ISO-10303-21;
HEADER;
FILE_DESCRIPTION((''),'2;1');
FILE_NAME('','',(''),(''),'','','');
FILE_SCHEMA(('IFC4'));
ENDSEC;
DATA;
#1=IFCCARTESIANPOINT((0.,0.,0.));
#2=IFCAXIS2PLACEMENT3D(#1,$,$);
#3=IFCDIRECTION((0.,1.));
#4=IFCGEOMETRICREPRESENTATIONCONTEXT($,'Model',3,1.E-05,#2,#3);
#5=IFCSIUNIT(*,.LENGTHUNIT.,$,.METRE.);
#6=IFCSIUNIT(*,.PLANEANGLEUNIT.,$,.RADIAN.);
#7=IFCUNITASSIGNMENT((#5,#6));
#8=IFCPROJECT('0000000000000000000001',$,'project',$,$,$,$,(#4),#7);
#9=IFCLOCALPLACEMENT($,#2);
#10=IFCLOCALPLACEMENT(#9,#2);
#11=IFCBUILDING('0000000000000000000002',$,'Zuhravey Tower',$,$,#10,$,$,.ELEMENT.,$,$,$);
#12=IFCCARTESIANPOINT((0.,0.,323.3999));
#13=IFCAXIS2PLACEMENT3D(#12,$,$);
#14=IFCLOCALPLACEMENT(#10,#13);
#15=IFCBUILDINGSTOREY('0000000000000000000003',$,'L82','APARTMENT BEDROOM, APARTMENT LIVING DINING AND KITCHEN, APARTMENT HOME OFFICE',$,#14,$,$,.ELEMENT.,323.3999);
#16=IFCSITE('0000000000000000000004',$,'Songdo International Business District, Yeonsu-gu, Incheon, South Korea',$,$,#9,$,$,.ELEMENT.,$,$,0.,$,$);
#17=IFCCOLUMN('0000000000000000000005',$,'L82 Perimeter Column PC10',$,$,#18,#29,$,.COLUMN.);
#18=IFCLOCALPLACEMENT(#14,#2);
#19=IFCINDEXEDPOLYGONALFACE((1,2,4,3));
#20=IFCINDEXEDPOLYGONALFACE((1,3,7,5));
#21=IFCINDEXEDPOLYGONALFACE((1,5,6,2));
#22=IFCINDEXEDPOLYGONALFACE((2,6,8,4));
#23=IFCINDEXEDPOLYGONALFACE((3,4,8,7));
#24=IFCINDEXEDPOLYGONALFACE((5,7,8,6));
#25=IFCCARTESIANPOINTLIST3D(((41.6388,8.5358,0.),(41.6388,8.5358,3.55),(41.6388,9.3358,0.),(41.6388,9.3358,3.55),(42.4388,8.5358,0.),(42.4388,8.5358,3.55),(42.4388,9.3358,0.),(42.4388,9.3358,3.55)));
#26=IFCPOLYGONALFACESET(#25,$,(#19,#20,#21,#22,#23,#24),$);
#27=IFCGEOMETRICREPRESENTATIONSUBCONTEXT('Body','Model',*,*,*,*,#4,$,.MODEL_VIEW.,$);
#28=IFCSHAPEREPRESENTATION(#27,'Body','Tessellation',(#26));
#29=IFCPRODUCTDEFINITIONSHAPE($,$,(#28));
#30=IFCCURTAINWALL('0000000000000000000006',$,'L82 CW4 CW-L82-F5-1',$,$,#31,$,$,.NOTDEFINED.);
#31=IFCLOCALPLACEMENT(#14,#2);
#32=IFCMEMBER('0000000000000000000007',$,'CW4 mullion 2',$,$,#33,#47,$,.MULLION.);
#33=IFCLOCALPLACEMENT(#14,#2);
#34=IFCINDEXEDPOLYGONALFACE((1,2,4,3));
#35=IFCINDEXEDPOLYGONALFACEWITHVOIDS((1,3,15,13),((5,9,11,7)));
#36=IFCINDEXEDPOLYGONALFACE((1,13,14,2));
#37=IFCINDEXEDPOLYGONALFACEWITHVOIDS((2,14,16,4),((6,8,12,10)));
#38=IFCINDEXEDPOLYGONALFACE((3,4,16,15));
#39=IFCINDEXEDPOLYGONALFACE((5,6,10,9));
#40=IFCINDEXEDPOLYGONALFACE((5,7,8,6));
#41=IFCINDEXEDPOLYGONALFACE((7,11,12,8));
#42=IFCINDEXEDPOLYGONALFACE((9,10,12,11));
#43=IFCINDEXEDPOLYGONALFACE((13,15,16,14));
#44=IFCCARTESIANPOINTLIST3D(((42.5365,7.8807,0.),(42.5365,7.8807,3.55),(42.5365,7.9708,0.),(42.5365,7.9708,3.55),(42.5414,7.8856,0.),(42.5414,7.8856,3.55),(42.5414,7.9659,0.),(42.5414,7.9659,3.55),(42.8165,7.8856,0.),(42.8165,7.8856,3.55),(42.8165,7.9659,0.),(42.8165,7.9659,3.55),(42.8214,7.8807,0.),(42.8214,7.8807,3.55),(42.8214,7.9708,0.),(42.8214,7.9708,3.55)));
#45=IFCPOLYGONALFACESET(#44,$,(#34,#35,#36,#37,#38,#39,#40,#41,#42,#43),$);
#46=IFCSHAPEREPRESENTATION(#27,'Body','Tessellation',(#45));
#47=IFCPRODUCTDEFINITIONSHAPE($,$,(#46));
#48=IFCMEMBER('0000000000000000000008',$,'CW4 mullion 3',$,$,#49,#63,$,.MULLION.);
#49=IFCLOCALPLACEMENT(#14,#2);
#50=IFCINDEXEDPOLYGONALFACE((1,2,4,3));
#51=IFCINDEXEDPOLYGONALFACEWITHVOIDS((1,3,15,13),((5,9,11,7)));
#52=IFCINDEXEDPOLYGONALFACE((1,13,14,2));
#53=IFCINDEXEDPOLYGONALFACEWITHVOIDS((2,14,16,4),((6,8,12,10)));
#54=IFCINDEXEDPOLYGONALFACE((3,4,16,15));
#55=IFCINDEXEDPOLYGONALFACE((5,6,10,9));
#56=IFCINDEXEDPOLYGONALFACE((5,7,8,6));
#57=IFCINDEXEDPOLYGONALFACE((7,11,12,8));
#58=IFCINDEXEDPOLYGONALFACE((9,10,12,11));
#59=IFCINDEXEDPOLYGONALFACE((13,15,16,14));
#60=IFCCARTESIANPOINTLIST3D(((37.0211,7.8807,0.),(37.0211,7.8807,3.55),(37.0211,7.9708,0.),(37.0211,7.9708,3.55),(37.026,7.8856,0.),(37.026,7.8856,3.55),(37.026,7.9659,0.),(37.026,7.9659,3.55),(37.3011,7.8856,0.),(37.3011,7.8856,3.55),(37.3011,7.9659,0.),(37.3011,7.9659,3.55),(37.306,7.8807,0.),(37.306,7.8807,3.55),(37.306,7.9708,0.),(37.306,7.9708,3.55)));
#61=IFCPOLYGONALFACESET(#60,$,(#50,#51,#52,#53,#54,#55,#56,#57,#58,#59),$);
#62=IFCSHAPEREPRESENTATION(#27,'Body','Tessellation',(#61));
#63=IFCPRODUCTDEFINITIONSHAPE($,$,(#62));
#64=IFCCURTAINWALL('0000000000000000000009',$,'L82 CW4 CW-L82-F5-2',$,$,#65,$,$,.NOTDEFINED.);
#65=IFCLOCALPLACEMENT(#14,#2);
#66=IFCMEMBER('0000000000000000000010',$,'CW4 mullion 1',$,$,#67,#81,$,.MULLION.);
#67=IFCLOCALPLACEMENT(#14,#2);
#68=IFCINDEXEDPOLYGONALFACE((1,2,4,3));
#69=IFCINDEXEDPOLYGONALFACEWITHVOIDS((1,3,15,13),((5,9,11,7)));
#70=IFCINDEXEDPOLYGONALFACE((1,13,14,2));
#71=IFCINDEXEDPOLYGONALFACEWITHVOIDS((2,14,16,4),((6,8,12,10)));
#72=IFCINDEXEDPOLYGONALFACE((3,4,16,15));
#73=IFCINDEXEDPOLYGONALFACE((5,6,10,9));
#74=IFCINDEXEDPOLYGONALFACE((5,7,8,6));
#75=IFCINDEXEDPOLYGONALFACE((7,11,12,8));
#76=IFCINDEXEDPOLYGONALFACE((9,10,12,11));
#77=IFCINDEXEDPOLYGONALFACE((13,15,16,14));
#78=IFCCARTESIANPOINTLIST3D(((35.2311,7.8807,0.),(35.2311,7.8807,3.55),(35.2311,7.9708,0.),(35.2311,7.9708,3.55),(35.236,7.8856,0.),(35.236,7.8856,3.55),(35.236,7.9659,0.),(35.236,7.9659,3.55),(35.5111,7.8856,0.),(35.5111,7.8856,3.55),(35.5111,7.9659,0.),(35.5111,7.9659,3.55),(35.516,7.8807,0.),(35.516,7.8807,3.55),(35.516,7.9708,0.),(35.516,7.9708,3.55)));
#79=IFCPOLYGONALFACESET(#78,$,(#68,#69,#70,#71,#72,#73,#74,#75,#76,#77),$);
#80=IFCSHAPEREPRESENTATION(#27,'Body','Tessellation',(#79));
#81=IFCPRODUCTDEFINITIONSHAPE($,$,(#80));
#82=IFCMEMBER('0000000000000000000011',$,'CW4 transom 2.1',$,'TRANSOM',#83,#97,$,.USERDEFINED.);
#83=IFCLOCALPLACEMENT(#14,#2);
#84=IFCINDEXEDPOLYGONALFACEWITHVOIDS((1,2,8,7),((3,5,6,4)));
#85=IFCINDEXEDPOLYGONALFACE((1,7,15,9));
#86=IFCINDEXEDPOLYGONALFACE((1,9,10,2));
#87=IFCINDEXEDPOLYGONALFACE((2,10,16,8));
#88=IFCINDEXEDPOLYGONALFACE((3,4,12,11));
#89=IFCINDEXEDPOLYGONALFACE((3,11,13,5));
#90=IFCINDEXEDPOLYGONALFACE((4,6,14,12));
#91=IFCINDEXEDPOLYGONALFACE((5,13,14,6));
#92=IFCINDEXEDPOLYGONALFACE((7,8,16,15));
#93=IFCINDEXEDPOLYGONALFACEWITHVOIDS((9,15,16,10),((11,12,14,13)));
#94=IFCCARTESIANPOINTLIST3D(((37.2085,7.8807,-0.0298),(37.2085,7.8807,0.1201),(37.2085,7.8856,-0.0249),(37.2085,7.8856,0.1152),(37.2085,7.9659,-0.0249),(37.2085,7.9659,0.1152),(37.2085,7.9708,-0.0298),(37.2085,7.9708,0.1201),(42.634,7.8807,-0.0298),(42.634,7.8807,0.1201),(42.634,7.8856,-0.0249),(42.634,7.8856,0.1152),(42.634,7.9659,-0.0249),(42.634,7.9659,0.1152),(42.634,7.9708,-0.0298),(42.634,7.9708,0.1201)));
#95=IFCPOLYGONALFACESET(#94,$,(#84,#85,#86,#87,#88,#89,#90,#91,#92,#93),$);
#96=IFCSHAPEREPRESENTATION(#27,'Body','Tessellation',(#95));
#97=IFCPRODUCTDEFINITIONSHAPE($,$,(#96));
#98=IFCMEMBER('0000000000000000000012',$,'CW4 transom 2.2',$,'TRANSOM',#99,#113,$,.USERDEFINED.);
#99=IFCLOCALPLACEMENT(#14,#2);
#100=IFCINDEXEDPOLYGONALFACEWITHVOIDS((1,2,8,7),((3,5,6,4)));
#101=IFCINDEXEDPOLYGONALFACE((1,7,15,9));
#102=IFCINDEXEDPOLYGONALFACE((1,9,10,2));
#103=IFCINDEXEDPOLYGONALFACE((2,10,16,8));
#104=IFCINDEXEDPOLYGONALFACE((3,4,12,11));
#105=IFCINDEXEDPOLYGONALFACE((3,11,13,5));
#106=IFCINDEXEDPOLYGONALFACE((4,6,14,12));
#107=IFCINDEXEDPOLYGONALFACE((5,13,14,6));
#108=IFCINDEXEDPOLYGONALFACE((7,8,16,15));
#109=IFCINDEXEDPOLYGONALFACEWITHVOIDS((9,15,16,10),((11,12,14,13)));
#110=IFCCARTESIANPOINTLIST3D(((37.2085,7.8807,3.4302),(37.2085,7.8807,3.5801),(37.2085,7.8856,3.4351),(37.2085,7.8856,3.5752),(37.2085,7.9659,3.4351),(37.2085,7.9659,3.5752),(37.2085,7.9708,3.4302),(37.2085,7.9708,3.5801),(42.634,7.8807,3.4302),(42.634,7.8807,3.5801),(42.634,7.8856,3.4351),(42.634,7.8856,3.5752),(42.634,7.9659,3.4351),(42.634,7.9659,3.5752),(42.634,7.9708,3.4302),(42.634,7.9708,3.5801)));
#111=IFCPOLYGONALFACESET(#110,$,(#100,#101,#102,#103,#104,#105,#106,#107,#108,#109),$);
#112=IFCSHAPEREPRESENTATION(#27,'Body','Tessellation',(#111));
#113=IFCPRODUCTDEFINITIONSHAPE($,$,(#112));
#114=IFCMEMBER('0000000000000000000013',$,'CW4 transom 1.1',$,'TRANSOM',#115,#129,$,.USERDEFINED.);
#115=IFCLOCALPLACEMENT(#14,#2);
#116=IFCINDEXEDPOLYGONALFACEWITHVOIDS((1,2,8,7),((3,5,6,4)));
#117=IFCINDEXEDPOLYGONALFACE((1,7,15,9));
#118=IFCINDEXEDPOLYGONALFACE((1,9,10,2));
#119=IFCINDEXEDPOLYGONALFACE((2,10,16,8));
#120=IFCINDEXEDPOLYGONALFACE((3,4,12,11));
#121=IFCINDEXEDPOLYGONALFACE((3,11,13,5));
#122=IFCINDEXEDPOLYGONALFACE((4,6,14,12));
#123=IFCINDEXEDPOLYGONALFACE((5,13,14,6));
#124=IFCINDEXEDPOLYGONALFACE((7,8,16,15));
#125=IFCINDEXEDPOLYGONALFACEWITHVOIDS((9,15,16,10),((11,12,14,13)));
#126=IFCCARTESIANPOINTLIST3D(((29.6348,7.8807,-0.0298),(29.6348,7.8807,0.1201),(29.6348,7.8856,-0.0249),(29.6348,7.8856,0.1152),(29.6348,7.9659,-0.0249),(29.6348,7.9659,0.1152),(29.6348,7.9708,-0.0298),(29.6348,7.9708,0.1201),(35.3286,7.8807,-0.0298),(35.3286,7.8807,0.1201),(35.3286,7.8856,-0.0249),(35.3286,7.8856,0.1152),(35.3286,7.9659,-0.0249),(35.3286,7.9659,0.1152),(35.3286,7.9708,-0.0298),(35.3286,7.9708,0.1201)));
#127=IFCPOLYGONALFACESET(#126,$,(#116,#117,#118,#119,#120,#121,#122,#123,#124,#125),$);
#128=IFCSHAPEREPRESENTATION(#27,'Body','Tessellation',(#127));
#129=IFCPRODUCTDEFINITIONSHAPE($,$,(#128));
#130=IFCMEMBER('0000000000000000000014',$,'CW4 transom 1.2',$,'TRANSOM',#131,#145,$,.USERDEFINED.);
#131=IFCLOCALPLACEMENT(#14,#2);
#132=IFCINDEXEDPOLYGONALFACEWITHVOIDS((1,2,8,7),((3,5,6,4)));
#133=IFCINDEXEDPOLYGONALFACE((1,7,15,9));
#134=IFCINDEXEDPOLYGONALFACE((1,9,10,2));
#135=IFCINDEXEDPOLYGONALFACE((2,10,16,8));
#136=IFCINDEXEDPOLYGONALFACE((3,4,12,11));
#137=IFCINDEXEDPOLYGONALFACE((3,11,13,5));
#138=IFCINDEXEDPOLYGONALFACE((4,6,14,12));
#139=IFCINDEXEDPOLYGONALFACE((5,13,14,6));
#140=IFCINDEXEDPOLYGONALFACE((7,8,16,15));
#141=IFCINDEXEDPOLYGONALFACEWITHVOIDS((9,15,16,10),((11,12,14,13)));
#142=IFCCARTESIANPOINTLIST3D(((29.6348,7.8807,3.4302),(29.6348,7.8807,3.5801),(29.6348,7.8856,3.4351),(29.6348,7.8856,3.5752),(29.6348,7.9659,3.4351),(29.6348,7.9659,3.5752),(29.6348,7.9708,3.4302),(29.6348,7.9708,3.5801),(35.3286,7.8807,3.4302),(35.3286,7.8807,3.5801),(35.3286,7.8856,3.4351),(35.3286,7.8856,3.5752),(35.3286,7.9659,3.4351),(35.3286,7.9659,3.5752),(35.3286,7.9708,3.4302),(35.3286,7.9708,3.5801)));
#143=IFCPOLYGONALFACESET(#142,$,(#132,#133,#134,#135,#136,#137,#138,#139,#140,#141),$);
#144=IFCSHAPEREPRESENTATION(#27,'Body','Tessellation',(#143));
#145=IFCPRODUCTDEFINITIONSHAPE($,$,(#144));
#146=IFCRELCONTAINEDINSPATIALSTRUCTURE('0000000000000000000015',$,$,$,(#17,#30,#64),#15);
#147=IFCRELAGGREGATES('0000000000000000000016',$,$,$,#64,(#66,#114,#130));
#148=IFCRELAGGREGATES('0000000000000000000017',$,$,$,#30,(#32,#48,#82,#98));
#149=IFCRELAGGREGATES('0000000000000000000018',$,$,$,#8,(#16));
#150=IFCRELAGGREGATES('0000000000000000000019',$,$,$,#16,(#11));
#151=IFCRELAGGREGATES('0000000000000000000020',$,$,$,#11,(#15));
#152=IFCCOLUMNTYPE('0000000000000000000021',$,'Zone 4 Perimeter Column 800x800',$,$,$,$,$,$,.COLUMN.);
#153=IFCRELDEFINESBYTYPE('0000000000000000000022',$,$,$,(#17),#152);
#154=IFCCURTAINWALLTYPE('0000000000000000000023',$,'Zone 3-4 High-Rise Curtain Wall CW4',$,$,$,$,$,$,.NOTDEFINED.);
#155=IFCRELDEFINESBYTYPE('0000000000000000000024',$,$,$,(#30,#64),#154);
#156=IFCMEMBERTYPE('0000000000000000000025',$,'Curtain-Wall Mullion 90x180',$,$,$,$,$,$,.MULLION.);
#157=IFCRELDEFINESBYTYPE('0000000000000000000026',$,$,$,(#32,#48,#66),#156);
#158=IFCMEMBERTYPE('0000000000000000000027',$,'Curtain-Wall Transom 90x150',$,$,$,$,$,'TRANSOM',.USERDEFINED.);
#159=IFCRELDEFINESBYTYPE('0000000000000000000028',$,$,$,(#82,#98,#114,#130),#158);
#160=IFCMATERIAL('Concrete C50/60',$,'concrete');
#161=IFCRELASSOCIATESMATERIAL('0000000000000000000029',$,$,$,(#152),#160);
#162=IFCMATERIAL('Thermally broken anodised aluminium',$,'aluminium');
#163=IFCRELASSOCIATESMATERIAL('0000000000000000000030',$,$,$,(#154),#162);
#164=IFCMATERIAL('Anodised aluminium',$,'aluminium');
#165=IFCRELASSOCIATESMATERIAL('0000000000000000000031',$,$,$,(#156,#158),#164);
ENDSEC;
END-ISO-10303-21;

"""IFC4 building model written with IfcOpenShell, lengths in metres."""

from ifc_helpers import new_model, si_unit, direction, frame, origin, origin_2d, place, context, subcontext, project, spatial, rectangle, hollow_rectangle, extrude, material, material_profile, profile_set, type_object, element, aggregate, save


model = new_model("IFC4")

# Units and contexts
model_context = context("Model", 3, precision=1e-05, world=origin(), true_north=direction((0.0, 1.0)))
body_context = subcontext(model_context, "Body", "Model", "MODEL_VIEW")
ifc_project = project(units=[si_unit("LENGTHUNIT", "METRE"), si_unit("PLANEANGLEUNIT", "RADIAN")], contexts=[model_context])

# Site, building, storey
site_placement = place(None, origin())
site = spatial("IfcSite", under=ifc_project, at=site_placement, Name="Songdo International Business District, Yeonsu-gu, Incheon, South Korea", CompositionType="ELEMENT", RefElevation=0.0)
building_placement = place(site_placement, origin())
building = spatial("IfcBuilding", under=site, at=building_placement, Name="Zuhravey Tower", CompositionType="ELEMENT")
storey_placement = place(building_placement, frame((0.0, 0.0, 323.3999)))
storey = spatial("IfcBuildingStorey", under=building, at=storey_placement, Name="L82", Description="APARTMENT BEDROOM, APARTMENT LIVING DINING AND KITCHEN, APARTMENT HOME OFFICE", CompositionType="ELEMENT", Elevation=323.3999)

# Column
ifc_material_1 = material(Name="Concrete C50/60", Category="concrete")
ifc_material_profile_1 = material_profile(ifc_material_1, rectangle(XDim=0.8, YDim=0.8, at=origin_2d()), Name="RC-800x800")
ifc_profile_set_1 = profile_set([ifc_material_profile_1], Name="Concrete C50/60")
column_type = type_object("IfcColumnType", Name="Zone 4 Perimeter Column 800x800", PredefinedType="COLUMN", material=ifc_profile_set_1)
column_placement = place(storey_placement, frame((42.0388, 8.9358, 0.0), z_axis=(0.0, 0.0, 1.0), x_axis=(1.0, 0.0, 0.0)))
element("IfcColumn", 1, at=column_placement, inside=storey, type_object=column_type, Name="L82 Perimeter Column PC10", PredefinedType="COLUMN", context=body_context, shape_type="SweptSolid", body=[
    extrude(rectangle(XDim=0.8, YDim=0.8, at=origin_2d()), origin(), (0.0, 0.0, 1.0), 3.55),
])

# Curtain wall, members
ifc_material_2 = material(Name="Thermally broken anodised aluminium", Category="aluminium")
curtain_wall_type = type_object("IfcCurtainWallType", Name="Zone 3-4 High-Rise Curtain Wall CW4", PredefinedType="NOTDEFINED", material=ifc_material_2)
curtain_wall_1_placement = place(storey_placement, origin())
curtain_wall_1 = element("IfcCurtainWall", 2, at=curtain_wall_1_placement, inside=storey, type_object=curtain_wall_type, Name="L82 CW4 CW-L82-F5-1", PredefinedType="NOTDEFINED")
ifc_material_3 = material(Name="Anodised aluminium", Category="aluminium")
ifc_material_profile_2 = material_profile(ifc_material_3, hollow_rectangle(XDim=0.0901, YDim=0.2849, WallThickness=0.0049, at=origin_2d()), Name="ALU-RHS-90x285x5")
ifc_profile_set_2 = profile_set([ifc_material_profile_2], Name="Anodised aluminium")
member_type_1 = type_object("IfcMemberType", Name="Curtain-Wall Mullion 90x180", PredefinedType="MULLION", material=ifc_profile_set_2)
member_1_placement = place(storey_placement, frame((42.679, 7.9258, 0.0), z_axis=(0.0, 0.0, 1.0), x_axis=(0.0, -1.0, 0.0)))
member_1 = element("IfcMember", 3, at=member_1_placement, type_object=member_type_1, Name="CW4 mullion 2", PredefinedType="MULLION", context=body_context, shape_type="SweptSolid", body=[
    extrude(hollow_rectangle(XDim=0.0901, YDim=0.2849, WallThickness=0.0049, at=origin_2d()), origin(), (0.0, 0.0, 1.0), 3.55),
])
member_2_placement = place(storey_placement, frame((37.1636, 7.9258, 0.0), z_axis=(0.0, 0.0, 1.0), x_axis=(0.0, -1.0, 0.0)))
member_2 = element("IfcMember", 4, at=member_2_placement, type_object=member_type_1, Name="CW4 mullion 3", PredefinedType="MULLION", context=body_context, shape_type="SweptSolid", body=[
    extrude(hollow_rectangle(XDim=0.0901, YDim=0.2849, WallThickness=0.0049, at=origin_2d()), origin(), (0.0, 0.0, 1.0), 3.55),
])

# Curtain wall, member
curtain_wall_2_placement = place(storey_placement, origin())
curtain_wall_2 = element("IfcCurtainWall", 5, at=curtain_wall_2_placement, inside=storey, type_object=curtain_wall_type, Name="L82 CW4 CW-L82-F5-2", PredefinedType="NOTDEFINED")
member_3_placement = place(storey_placement, frame((35.3735, 7.9258, 0.0), z_axis=(0.0, 0.0, 1.0), x_axis=(0.0, -1.0, 0.0)))
member_3 = element("IfcMember", 6, at=member_3_placement, type_object=member_type_1, Name="CW4 mullion 1", PredefinedType="MULLION", context=body_context, shape_type="SweptSolid", body=[
    extrude(hollow_rectangle(XDim=0.0901, YDim=0.2849, WallThickness=0.0049, at=origin_2d()), origin(), (0.0, 0.0, 1.0), 3.55),
])

# Members
ifc_material_profile_3 = material_profile(ifc_material_3, hollow_rectangle(XDim=0.0901, YDim=0.1499, WallThickness=0.0049, at=origin_2d()), Name="ALU-RHS-90x150x5")
ifc_profile_set_3 = profile_set([ifc_material_profile_3], Name="Anodised aluminium")
member_type_2 = type_object("IfcMemberType", Name="Curtain-Wall Transom 90x150", ElementType="TRANSOM", PredefinedType="USERDEFINED", material=ifc_profile_set_3)
member_4_placement = place(storey_placement, frame((42.634, 7.9258, 0.0452), z_axis=(-1.0, 0.0, 0.0), x_axis=(0.0, -1.0, 0.0)))
member_4 = element("IfcMember", 7, at=member_4_placement, type_object=member_type_2, Name="CW4 transom 2.1", ObjectType="TRANSOM", PredefinedType="USERDEFINED", context=body_context, shape_type="SweptSolid", body=[
    extrude(hollow_rectangle(XDim=0.0901, YDim=0.1499, WallThickness=0.0049, at=origin_2d()), origin(), (0.0, 0.0, 1.0), 5.4255),
])
member_5_placement = place(storey_placement, frame((42.634, 7.9258, 3.5051), z_axis=(-1.0, 0.0, 0.0), x_axis=(0.0, -1.0, 0.0)))
member_5 = element("IfcMember", 8, at=member_5_placement, type_object=member_type_2, Name="CW4 transom 2.2", ObjectType="TRANSOM", PredefinedType="USERDEFINED", context=body_context, shape_type="SweptSolid", body=[
    extrude(hollow_rectangle(XDim=0.0901, YDim=0.1499, WallThickness=0.0049, at=origin_2d()), origin(), (0.0, 0.0, 1.0), 5.4255),
])
member_6_placement = place(storey_placement, frame((35.3286, 7.9258, 0.0452), z_axis=(-1.0, 0.0, 0.0), x_axis=(0.0, -1.0, 0.0)))
member_6 = element("IfcMember", 9, at=member_6_placement, type_object=member_type_2, Name="CW4 transom 1.1", ObjectType="TRANSOM", PredefinedType="USERDEFINED", context=body_context, shape_type="SweptSolid", body=[
    extrude(hollow_rectangle(XDim=0.0901, YDim=0.1499, WallThickness=0.0049, at=origin_2d()), origin(), (0.0, 0.0, 1.0), 5.6938),
])
member_7_placement = place(storey_placement, frame((35.3286, 7.9258, 3.5051), z_axis=(-1.0, 0.0, 0.0), x_axis=(0.0, -1.0, 0.0)))
member_7 = element("IfcMember", 10, at=member_7_placement, type_object=member_type_2, Name="CW4 transom 1.2", ObjectType="TRANSOM", PredefinedType="USERDEFINED", context=body_context, shape_type="SweptSolid", body=[
    extrude(hollow_rectangle(XDim=0.0901, YDim=0.1499, WallThickness=0.0049, at=origin_2d()), origin(), (0.0, 0.0, 1.0), 5.6938),
])
aggregate(curtain_wall_2, [member_3, member_6, member_7])

aggregate(curtain_wall_1, [member_1, member_2, member_4, member_5])

save(model, "model.ifc")
